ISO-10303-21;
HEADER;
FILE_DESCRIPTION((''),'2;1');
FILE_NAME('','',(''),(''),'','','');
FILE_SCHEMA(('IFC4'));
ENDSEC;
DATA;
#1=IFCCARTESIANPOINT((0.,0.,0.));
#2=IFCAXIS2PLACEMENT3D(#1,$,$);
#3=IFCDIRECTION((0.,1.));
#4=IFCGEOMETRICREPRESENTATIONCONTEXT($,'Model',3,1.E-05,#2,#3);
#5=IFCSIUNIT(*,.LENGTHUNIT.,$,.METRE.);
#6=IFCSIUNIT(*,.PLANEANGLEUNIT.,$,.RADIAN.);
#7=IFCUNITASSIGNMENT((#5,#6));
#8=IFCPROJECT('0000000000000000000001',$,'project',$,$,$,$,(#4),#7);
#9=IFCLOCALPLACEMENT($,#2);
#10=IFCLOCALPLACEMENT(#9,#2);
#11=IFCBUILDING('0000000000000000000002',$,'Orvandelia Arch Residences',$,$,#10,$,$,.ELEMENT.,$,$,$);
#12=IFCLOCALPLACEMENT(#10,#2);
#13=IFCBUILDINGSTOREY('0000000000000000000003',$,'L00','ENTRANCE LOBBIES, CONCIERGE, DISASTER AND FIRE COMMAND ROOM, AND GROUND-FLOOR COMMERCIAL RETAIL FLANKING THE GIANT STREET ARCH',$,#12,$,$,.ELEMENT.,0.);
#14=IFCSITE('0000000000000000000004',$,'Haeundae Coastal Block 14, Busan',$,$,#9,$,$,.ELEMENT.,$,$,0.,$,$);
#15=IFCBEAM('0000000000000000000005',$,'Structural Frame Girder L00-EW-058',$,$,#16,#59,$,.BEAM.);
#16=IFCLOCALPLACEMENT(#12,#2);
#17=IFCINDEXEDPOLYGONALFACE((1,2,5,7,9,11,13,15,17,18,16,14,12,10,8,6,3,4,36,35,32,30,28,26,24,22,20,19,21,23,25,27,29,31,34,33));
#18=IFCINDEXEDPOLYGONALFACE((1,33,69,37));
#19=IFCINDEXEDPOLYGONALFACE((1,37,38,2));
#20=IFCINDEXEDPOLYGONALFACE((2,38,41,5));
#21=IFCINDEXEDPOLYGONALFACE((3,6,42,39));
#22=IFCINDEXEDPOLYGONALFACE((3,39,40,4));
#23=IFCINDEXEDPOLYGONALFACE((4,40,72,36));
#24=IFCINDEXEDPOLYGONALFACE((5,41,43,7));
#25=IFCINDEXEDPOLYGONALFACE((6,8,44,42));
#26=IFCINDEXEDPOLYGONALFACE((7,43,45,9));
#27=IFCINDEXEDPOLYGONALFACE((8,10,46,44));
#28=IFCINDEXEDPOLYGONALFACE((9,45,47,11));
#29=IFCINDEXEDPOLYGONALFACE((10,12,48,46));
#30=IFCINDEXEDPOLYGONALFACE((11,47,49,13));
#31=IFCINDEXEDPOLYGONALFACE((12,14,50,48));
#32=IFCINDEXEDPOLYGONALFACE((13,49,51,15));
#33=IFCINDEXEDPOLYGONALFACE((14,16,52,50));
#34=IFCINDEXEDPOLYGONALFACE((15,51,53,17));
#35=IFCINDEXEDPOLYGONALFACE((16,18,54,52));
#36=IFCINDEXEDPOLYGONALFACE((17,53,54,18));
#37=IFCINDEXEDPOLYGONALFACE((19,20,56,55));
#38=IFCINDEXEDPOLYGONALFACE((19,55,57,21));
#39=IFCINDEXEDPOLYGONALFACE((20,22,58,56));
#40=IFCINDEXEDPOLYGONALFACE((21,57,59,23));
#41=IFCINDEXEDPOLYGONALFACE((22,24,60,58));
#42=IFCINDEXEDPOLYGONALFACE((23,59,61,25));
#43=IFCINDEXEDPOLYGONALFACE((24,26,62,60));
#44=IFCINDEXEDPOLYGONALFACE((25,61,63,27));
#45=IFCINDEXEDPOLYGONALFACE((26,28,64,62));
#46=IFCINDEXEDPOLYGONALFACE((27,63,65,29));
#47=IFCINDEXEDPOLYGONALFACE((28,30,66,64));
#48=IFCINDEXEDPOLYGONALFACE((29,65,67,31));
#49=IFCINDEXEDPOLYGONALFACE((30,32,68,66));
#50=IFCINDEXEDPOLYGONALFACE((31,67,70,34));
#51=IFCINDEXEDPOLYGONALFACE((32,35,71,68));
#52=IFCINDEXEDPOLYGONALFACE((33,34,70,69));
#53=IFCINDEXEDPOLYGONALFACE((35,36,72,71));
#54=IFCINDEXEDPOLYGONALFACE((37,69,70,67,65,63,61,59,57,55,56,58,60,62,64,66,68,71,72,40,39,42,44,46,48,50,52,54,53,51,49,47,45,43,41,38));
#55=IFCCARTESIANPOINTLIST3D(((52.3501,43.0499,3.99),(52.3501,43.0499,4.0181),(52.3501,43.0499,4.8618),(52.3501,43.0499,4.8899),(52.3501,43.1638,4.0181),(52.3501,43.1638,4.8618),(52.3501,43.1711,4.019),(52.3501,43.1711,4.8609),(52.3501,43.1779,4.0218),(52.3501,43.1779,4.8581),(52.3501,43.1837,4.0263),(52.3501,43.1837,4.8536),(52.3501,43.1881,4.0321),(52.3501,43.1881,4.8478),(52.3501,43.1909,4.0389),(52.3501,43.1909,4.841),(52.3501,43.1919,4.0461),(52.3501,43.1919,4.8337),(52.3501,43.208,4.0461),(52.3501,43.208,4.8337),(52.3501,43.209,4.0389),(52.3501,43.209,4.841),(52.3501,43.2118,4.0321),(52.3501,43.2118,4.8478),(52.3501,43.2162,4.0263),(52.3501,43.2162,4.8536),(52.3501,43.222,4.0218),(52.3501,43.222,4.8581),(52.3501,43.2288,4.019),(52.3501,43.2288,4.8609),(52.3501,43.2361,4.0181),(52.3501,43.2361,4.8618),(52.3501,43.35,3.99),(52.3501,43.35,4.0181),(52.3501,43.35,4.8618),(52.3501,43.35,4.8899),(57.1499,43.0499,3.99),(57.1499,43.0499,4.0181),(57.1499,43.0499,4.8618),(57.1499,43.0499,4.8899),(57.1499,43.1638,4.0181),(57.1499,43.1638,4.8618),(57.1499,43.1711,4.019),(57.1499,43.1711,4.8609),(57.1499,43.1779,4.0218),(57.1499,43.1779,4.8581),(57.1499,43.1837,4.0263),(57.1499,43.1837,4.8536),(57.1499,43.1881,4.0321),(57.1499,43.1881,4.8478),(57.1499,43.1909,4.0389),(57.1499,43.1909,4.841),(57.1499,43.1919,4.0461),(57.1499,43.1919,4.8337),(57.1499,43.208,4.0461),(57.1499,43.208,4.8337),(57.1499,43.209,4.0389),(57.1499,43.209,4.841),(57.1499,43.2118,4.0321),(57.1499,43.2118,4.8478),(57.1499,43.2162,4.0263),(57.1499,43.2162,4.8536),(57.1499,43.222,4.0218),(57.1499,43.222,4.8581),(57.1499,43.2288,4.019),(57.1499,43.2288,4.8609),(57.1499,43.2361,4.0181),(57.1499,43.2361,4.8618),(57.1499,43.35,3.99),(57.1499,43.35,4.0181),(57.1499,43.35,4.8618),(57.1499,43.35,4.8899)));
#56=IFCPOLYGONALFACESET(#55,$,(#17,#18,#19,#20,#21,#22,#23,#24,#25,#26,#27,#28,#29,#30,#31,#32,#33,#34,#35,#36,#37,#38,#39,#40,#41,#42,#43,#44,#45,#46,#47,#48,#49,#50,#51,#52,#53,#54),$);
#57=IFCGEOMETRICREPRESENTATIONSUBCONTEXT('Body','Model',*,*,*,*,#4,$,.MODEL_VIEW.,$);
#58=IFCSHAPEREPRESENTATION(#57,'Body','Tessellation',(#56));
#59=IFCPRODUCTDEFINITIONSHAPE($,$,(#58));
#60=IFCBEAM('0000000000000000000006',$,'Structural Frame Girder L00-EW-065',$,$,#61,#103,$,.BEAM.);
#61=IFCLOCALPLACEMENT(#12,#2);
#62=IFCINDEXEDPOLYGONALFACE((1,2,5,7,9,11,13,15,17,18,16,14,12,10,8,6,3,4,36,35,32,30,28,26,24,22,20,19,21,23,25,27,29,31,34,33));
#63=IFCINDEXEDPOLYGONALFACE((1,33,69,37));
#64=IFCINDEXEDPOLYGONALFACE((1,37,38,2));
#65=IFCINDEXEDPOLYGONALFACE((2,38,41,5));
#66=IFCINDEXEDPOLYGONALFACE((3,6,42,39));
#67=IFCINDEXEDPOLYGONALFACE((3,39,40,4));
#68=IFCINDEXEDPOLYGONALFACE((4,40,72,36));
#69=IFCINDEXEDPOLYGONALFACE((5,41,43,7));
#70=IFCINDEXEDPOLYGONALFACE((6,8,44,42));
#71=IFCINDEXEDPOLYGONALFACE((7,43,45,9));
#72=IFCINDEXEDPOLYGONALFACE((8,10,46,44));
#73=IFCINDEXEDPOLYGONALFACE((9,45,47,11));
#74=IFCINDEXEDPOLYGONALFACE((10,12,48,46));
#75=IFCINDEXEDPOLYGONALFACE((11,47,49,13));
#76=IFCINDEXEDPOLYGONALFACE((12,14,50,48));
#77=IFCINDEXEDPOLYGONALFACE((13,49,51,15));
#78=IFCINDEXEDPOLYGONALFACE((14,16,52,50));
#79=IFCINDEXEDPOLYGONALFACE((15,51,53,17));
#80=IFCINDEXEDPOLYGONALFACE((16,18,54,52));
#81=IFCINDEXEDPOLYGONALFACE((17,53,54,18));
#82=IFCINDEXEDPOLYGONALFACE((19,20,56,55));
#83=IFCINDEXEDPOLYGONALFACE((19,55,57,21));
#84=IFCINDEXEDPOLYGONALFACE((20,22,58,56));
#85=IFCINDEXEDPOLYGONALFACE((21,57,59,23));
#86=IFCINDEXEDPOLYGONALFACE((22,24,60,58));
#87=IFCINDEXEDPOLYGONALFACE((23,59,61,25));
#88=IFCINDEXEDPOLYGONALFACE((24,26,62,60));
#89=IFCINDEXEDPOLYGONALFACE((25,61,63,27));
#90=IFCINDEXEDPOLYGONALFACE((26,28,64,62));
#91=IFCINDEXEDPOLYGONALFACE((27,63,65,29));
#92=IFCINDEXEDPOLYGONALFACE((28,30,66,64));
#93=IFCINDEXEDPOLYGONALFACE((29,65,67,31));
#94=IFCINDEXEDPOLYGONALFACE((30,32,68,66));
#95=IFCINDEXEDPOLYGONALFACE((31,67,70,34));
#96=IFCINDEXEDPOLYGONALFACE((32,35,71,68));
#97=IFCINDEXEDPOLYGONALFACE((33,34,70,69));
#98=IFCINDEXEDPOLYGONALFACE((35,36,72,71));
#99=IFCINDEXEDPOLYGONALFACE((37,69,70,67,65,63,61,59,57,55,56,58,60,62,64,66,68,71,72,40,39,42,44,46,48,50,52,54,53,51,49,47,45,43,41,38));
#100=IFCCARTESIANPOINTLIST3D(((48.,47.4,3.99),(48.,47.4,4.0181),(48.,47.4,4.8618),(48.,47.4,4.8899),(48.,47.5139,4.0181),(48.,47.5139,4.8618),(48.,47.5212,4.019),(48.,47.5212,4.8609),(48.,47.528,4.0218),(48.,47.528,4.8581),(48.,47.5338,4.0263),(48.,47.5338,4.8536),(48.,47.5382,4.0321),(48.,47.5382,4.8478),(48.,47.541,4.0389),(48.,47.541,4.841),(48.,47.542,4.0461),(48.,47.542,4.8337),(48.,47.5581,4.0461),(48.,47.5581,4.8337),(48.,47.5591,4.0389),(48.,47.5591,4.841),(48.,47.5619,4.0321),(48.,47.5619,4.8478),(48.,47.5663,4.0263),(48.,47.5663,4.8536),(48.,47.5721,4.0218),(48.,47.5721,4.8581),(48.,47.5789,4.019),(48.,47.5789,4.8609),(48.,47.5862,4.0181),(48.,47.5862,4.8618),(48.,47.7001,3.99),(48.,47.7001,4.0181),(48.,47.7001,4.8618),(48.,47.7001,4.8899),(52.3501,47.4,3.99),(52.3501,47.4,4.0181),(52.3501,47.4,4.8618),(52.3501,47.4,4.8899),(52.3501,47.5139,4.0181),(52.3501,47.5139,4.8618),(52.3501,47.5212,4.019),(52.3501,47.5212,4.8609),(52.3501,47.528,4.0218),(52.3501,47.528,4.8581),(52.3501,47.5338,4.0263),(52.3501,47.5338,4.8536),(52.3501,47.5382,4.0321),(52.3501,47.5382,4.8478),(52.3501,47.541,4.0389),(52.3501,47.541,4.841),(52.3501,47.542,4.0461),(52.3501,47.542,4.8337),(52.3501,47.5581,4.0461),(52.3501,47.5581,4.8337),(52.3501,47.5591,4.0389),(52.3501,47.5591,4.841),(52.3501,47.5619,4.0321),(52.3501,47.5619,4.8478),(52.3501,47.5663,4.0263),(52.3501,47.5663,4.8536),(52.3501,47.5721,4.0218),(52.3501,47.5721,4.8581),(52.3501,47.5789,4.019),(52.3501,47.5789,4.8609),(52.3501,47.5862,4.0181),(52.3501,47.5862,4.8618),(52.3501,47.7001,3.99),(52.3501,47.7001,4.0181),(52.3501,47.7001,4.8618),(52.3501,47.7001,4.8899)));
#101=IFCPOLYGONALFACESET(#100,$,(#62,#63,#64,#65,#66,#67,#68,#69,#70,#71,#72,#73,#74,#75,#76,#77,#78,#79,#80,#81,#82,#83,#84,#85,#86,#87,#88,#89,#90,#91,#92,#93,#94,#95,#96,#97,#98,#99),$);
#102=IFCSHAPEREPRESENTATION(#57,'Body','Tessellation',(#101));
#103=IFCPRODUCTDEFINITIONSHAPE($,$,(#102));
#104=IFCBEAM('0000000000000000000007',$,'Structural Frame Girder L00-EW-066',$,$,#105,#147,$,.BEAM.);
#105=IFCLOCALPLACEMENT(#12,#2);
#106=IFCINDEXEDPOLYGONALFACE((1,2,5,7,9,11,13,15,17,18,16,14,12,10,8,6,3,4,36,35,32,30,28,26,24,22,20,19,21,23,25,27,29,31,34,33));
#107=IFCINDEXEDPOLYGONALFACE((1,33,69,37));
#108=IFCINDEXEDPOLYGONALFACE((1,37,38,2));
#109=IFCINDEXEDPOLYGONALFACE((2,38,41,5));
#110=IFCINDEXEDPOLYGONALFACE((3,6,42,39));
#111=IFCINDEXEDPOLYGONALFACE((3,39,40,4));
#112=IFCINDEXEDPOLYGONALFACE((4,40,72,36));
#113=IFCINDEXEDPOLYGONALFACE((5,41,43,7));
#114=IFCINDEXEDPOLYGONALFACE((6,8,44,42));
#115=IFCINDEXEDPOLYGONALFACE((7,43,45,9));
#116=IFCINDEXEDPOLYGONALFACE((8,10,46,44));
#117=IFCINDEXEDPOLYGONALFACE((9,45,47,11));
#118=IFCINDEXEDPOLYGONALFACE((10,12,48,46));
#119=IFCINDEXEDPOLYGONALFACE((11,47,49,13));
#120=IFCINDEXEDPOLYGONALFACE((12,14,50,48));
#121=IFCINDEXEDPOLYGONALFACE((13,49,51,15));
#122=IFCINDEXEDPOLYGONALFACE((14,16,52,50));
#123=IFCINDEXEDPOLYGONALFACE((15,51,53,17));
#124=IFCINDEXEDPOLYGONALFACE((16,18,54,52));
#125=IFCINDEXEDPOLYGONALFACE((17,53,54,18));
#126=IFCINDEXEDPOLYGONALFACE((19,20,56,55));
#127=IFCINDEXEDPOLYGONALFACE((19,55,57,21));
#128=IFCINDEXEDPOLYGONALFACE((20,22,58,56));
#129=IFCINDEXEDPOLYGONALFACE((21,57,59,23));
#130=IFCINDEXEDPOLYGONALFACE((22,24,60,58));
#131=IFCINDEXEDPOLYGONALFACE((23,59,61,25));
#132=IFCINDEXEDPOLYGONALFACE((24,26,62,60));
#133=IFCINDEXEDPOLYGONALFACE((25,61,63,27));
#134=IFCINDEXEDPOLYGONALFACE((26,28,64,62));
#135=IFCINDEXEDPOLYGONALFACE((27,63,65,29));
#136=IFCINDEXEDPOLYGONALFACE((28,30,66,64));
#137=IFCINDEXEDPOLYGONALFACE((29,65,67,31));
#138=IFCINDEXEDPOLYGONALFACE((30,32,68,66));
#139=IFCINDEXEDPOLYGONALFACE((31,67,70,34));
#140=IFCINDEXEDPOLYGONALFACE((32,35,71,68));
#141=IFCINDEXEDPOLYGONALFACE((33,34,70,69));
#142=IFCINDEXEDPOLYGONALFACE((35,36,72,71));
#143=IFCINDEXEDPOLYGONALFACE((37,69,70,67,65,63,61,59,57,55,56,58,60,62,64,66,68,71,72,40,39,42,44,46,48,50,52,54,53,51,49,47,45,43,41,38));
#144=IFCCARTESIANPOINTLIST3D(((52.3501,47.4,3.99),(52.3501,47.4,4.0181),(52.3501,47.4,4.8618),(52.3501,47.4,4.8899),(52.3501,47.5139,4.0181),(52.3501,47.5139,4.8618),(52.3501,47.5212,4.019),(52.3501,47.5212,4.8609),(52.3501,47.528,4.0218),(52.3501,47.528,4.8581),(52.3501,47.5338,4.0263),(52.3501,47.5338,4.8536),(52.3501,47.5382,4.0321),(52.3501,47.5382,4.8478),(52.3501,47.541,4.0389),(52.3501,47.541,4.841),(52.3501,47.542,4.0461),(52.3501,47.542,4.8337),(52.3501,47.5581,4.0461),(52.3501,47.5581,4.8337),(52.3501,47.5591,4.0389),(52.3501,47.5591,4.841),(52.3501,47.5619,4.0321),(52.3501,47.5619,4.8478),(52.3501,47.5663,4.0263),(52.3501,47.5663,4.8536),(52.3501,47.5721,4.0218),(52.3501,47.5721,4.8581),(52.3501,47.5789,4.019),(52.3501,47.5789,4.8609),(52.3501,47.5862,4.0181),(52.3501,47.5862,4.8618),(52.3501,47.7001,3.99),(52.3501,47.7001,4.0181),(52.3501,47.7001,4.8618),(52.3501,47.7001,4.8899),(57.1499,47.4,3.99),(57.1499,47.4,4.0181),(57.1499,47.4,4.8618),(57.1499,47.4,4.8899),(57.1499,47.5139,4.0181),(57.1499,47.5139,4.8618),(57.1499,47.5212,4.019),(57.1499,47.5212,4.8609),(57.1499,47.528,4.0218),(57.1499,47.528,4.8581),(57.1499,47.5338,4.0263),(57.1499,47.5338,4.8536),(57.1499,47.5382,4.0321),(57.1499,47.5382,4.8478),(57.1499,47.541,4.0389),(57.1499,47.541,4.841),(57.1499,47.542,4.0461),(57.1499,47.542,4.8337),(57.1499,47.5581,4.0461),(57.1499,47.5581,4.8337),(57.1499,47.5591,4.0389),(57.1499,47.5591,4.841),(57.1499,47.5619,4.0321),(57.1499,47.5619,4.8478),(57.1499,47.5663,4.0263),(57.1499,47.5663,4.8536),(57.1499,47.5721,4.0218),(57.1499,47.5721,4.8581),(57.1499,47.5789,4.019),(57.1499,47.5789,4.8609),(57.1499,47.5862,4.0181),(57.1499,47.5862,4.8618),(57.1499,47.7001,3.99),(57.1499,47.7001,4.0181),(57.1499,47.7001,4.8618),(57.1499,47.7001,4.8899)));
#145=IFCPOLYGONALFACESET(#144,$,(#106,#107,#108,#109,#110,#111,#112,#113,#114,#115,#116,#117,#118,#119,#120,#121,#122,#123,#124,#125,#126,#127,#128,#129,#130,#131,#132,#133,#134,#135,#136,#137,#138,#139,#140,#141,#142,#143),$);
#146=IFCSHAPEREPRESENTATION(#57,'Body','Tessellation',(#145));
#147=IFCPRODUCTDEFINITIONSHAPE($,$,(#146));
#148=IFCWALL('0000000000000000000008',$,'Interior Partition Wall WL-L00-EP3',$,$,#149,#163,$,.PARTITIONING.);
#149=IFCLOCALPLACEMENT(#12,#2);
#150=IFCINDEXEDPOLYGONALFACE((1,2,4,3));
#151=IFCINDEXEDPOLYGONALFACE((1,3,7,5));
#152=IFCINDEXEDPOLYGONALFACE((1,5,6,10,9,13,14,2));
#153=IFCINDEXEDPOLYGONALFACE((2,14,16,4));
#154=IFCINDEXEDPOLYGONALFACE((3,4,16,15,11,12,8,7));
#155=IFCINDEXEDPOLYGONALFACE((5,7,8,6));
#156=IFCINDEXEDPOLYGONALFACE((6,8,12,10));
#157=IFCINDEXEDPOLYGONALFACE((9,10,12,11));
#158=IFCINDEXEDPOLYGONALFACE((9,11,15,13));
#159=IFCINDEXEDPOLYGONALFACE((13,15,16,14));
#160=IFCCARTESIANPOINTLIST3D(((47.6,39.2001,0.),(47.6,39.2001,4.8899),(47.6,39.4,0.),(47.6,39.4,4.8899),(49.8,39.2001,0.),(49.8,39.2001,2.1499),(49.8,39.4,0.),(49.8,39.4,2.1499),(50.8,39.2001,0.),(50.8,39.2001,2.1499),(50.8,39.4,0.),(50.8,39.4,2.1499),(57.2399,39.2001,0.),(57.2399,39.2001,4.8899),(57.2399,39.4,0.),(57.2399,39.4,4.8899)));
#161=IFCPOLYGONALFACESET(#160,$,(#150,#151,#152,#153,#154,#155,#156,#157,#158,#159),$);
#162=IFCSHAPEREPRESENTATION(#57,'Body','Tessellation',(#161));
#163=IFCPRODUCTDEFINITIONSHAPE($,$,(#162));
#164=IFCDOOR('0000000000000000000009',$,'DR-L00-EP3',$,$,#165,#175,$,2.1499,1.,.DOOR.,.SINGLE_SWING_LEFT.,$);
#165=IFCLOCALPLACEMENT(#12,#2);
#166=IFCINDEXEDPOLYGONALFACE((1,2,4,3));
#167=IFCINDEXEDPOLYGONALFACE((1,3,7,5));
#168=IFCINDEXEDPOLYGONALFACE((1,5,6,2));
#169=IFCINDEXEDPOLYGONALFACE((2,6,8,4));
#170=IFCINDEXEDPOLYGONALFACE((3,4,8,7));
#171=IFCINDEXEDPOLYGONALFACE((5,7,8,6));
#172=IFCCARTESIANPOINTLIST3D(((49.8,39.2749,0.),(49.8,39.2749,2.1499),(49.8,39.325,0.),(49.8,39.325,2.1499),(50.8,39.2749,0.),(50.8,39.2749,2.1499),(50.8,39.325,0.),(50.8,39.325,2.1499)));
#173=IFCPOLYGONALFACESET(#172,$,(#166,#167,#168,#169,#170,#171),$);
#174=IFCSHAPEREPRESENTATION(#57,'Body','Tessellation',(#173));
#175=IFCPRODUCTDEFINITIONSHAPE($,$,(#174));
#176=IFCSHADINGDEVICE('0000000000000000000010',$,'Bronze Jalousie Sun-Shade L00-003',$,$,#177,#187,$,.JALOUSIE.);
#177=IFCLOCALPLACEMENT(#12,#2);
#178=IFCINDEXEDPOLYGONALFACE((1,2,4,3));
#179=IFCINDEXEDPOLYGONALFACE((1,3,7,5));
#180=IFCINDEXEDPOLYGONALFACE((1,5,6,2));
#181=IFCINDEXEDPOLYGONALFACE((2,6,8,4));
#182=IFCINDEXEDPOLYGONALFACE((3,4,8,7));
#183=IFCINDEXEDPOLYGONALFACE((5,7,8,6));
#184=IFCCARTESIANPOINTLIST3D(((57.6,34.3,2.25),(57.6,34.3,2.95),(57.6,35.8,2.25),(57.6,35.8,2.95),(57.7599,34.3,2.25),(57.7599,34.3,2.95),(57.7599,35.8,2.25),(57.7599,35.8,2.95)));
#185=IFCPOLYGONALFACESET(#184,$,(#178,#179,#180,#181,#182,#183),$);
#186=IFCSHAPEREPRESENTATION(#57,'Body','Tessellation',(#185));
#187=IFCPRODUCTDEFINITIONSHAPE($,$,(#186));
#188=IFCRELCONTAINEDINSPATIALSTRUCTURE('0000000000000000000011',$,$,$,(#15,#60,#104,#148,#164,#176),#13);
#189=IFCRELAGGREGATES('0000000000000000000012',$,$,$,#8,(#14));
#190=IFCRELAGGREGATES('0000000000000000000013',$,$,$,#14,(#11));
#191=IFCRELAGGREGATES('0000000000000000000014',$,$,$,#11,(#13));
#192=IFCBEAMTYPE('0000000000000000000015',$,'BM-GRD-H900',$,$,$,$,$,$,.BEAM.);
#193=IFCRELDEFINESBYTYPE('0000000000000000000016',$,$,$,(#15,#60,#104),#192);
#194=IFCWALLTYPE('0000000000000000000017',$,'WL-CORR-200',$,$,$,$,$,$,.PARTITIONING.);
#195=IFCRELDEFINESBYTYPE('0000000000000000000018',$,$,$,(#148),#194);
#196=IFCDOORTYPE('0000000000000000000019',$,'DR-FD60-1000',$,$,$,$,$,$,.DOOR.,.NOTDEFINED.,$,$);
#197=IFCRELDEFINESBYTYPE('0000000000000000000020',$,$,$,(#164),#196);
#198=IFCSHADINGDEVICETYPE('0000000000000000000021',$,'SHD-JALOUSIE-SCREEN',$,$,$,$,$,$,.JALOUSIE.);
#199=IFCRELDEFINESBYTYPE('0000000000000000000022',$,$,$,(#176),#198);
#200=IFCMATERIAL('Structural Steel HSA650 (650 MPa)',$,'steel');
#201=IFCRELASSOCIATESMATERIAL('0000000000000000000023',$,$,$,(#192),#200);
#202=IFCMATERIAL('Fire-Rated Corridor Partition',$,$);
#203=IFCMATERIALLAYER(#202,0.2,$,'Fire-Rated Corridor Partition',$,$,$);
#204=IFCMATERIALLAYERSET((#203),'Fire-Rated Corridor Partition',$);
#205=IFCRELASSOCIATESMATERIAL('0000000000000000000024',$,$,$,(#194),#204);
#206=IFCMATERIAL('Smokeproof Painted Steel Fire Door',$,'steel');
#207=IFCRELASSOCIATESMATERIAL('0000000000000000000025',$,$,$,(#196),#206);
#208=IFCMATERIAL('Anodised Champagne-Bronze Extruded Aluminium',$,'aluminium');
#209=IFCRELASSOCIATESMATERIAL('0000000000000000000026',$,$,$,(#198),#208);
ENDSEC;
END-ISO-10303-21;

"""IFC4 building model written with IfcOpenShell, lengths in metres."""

from ifc_helpers import new_model, si_unit, direction, frame, frame_2d, origin, origin_2d, place, context, subcontext, project, spatial, rectangle, i_section, extrude, material, layer, layer_set, material_profile, profile_set, type_object, element, fill, save


model = new_model("IFC4")

# Units and contexts
model_context = context("Model", 3, precision=1e-05, world=origin(), true_north=direction((0.0, 1.0)))
body_context = subcontext(model_context, "Body", "Model", "MODEL_VIEW")
ifc_project = project(units=[si_unit("LENGTHUNIT", "METRE"), si_unit("PLANEANGLEUNIT", "RADIAN")], contexts=[model_context])

# Site, building, storey
site_placement = place(None, origin())
site = spatial("IfcSite", under=ifc_project, at=site_placement, Name="Haeundae Coastal Block 14, Busan", CompositionType="ELEMENT", RefElevation=0.0)
building_placement = place(site_placement, origin())
building = spatial("IfcBuilding", under=site, at=building_placement, Name="Orvandelia Arch Residences", CompositionType="ELEMENT")
storey_placement = place(building_placement, origin())
storey = spatial("IfcBuildingStorey", under=building, at=storey_placement, Name="L00", Description="ENTRANCE LOBBIES, CONCIERGE, DISASTER AND FIRE COMMAND ROOM, AND GROUND-FLOOR COMMERCIAL RETAIL FLANKING THE GIANT STREET ARCH", CompositionType="ELEMENT", Elevation=0.0)

# Beams
ifc_material_1 = material(Name="Structural Steel HSA650 (650 MPa)", Category="steel")
ifc_material_profile_1 = material_profile(ifc_material_1, i_section(OverallWidth=0.3, OverallDepth=0.8999, WebThickness=0.0161, FlangeThickness=0.0281, FilletRadius=0.0281, at=origin_2d()), Name="Structural Steel HSA650 (650 MPa)", Category="steel")
ifc_profile_set_1 = profile_set([ifc_material_profile_1], Name="Structural Steel HSA650 (650 MPa)")
beam_type = type_object("IfcBeamType", Name="BM-GRD-H900", PredefinedType="BEAM", material=ifc_profile_set_1)
for number, where, z_axis, x_axis, name in (
    (1, (52.3501, 43.2, 4.4399), (1.0, 0.0, 0.0), (0.0, 1.0, 0.0), "Structural Frame Girder L00-EW-058"),
):
    element("IfcBeam", number, at=place(storey_placement, frame(where, z_axis=z_axis, x_axis=x_axis)), inside=storey, type_object=beam_type, Name=name, PredefinedType="BEAM", context=body_context, shape_type="SweptSolid", body=[
        extrude(i_section(OverallWidth=0.3, OverallDepth=0.8999, WebThickness=0.0161, FlangeThickness=0.0281, FilletRadius=0.0281, at=origin_2d()), origin(), (0.0, 0.0, 1.0), 4.7998),
    ])
beam_1_placement = place(storey_placement, frame((48.0, 47.55, 4.4399), z_axis=(1.0, 0.0, 0.0), x_axis=(0.0, 1.0, 0.0)))
element("IfcBeam", 2, at=beam_1_placement, inside=storey, type_object=beam_type, Name="Structural Frame Girder L00-EW-065", PredefinedType="BEAM", context=body_context, shape_type="SweptSolid", body=[
    extrude(i_section(OverallWidth=0.3, OverallDepth=0.8999, WebThickness=0.0161, FlangeThickness=0.0281, FilletRadius=0.0281, at=origin_2d()), origin(), (0.0, 0.0, 1.0), 4.3501),
])
beam_2_placement = place(storey_placement, frame((52.3501, 47.55, 4.4399), z_axis=(1.0, 0.0, 0.0), x_axis=(0.0, 1.0, 0.0)))
element("IfcBeam", 3, at=beam_2_placement, inside=storey, type_object=beam_type, Name="Structural Frame Girder L00-EW-066", PredefinedType="BEAM", context=body_context, shape_type="SweptSolid", body=[
    extrude(i_section(OverallWidth=0.3, OverallDepth=0.8999, WebThickness=0.0161, FlangeThickness=0.0281, FilletRadius=0.0281, at=origin_2d()), origin(), (0.0, 0.0, 1.0), 4.7998),
])

# Wall, opening, door
ifc_material_2 = material(Name="Fire-Rated Corridor Partition")
ifc_layer_1 = layer(ifc_material_2, 0.2, Name="Fire-Rated Corridor Partition")
ifc_layer_set_1 = layer_set([ifc_layer_1], Name="Fire-Rated Corridor Partition")
wall_type_1 = type_object("IfcWallType", Name="WL-CORR-200", PredefinedType="PARTITIONING", material=ifc_layer_set_1)
wall_1_placement = place(storey_placement, frame((47.6001, 39.3, 0.0), z_axis=(0.0, 0.0, 1.0), x_axis=(1.0, 0.0, 0.0)))
wall_1 = element("IfcWall", 4, at=wall_1_placement, inside=storey, type_object=wall_type_1, Name="Interior Partition Wall WL-L00-EP3", PredefinedType="PARTITIONING", context=body_context, shape_type="SweptSolid", body=[
    extrude(rectangle(XDim=9.6399, YDim=0.2, at=frame_2d((4.8198, 0.0))), origin(), (0.0, 0.0, 1.0), 4.8899),
])
opening_1_placement = place(wall_1_placement, frame((2.2, 0.0, 0.0)))
opening_1 = element("IfcOpeningElement", 5, at=opening_1_placement, cuts=wall_1, PredefinedType="OPENING", context=body_context, shape_type="SweptSolid", body=[
    extrude(rectangle(XDim=1.0, YDim=2.1499, at=frame_2d((0.5, 1.075))), frame((0.0, 0.1099, 0.0), z_axis=(0.0, -1.0, 0.0), x_axis=(1.0, 0.0, 0.0)), (0.0, 0.0, 1.0), 0.22),
])
ifc_material_3 = material(Name="Smokeproof Painted Steel Fire Door", Category="steel")
door_type_1 = type_object("IfcDoorType", Name="DR-FD60-1000", OperationType="NOTDEFINED", PredefinedType="DOOR", material=ifc_material_3)
door_1_placement = place(opening_1_placement, origin())
door_1 = element("IfcDoor", 6, at=door_1_placement, inside=storey, type_object=door_type_1, Name="DR-L00-EP3", OperationType="SINGLE_SWING_LEFT", OverallHeight=2.1499, OverallWidth=1.0, PredefinedType="DOOR", context=body_context, shape_type="SweptSolid", body=[
    extrude(rectangle(XDim=1.0, YDim=2.1499, at=frame_2d((0.5, 1.075))), frame((0.0, 0.0249, 0.0), z_axis=(0.0, -1.0, 0.0), x_axis=(1.0, 0.0, 0.0)), (0.0, 0.0, 1.0), 0.05),
])
fill(opening_1, door_1)

# Shading device
ifc_material_4 = material(Name="Anodised Champagne-Bronze Extruded Aluminium", Category="aluminium")
shading_device_type_1 = type_object("IfcShadingDeviceType", Name="SHD-JALOUSIE-SCREEN", PredefinedType="JALOUSIE", material=ifc_material_4)
shading_device_1_placement = place(storey_placement, frame((57.6799, 35.05, 2.25), z_axis=(0.0, 0.0, 1.0), x_axis=(0.0, -1.0, 0.0)))
element("IfcShadingDevice", 7, at=shading_device_1_placement, inside=storey, type_object=shading_device_type_1, Name="Bronze Jalousie Sun-Shade L00-003", PredefinedType="JALOUSIE", context=body_context, shape_type="SweptSolid", body=[
    extrude(rectangle(XDim=1.5, YDim=0.1599, at=origin_2d()), origin(), (0.0, 0.0, 1.0), 0.7),
])

save(model, "model.ifc")
